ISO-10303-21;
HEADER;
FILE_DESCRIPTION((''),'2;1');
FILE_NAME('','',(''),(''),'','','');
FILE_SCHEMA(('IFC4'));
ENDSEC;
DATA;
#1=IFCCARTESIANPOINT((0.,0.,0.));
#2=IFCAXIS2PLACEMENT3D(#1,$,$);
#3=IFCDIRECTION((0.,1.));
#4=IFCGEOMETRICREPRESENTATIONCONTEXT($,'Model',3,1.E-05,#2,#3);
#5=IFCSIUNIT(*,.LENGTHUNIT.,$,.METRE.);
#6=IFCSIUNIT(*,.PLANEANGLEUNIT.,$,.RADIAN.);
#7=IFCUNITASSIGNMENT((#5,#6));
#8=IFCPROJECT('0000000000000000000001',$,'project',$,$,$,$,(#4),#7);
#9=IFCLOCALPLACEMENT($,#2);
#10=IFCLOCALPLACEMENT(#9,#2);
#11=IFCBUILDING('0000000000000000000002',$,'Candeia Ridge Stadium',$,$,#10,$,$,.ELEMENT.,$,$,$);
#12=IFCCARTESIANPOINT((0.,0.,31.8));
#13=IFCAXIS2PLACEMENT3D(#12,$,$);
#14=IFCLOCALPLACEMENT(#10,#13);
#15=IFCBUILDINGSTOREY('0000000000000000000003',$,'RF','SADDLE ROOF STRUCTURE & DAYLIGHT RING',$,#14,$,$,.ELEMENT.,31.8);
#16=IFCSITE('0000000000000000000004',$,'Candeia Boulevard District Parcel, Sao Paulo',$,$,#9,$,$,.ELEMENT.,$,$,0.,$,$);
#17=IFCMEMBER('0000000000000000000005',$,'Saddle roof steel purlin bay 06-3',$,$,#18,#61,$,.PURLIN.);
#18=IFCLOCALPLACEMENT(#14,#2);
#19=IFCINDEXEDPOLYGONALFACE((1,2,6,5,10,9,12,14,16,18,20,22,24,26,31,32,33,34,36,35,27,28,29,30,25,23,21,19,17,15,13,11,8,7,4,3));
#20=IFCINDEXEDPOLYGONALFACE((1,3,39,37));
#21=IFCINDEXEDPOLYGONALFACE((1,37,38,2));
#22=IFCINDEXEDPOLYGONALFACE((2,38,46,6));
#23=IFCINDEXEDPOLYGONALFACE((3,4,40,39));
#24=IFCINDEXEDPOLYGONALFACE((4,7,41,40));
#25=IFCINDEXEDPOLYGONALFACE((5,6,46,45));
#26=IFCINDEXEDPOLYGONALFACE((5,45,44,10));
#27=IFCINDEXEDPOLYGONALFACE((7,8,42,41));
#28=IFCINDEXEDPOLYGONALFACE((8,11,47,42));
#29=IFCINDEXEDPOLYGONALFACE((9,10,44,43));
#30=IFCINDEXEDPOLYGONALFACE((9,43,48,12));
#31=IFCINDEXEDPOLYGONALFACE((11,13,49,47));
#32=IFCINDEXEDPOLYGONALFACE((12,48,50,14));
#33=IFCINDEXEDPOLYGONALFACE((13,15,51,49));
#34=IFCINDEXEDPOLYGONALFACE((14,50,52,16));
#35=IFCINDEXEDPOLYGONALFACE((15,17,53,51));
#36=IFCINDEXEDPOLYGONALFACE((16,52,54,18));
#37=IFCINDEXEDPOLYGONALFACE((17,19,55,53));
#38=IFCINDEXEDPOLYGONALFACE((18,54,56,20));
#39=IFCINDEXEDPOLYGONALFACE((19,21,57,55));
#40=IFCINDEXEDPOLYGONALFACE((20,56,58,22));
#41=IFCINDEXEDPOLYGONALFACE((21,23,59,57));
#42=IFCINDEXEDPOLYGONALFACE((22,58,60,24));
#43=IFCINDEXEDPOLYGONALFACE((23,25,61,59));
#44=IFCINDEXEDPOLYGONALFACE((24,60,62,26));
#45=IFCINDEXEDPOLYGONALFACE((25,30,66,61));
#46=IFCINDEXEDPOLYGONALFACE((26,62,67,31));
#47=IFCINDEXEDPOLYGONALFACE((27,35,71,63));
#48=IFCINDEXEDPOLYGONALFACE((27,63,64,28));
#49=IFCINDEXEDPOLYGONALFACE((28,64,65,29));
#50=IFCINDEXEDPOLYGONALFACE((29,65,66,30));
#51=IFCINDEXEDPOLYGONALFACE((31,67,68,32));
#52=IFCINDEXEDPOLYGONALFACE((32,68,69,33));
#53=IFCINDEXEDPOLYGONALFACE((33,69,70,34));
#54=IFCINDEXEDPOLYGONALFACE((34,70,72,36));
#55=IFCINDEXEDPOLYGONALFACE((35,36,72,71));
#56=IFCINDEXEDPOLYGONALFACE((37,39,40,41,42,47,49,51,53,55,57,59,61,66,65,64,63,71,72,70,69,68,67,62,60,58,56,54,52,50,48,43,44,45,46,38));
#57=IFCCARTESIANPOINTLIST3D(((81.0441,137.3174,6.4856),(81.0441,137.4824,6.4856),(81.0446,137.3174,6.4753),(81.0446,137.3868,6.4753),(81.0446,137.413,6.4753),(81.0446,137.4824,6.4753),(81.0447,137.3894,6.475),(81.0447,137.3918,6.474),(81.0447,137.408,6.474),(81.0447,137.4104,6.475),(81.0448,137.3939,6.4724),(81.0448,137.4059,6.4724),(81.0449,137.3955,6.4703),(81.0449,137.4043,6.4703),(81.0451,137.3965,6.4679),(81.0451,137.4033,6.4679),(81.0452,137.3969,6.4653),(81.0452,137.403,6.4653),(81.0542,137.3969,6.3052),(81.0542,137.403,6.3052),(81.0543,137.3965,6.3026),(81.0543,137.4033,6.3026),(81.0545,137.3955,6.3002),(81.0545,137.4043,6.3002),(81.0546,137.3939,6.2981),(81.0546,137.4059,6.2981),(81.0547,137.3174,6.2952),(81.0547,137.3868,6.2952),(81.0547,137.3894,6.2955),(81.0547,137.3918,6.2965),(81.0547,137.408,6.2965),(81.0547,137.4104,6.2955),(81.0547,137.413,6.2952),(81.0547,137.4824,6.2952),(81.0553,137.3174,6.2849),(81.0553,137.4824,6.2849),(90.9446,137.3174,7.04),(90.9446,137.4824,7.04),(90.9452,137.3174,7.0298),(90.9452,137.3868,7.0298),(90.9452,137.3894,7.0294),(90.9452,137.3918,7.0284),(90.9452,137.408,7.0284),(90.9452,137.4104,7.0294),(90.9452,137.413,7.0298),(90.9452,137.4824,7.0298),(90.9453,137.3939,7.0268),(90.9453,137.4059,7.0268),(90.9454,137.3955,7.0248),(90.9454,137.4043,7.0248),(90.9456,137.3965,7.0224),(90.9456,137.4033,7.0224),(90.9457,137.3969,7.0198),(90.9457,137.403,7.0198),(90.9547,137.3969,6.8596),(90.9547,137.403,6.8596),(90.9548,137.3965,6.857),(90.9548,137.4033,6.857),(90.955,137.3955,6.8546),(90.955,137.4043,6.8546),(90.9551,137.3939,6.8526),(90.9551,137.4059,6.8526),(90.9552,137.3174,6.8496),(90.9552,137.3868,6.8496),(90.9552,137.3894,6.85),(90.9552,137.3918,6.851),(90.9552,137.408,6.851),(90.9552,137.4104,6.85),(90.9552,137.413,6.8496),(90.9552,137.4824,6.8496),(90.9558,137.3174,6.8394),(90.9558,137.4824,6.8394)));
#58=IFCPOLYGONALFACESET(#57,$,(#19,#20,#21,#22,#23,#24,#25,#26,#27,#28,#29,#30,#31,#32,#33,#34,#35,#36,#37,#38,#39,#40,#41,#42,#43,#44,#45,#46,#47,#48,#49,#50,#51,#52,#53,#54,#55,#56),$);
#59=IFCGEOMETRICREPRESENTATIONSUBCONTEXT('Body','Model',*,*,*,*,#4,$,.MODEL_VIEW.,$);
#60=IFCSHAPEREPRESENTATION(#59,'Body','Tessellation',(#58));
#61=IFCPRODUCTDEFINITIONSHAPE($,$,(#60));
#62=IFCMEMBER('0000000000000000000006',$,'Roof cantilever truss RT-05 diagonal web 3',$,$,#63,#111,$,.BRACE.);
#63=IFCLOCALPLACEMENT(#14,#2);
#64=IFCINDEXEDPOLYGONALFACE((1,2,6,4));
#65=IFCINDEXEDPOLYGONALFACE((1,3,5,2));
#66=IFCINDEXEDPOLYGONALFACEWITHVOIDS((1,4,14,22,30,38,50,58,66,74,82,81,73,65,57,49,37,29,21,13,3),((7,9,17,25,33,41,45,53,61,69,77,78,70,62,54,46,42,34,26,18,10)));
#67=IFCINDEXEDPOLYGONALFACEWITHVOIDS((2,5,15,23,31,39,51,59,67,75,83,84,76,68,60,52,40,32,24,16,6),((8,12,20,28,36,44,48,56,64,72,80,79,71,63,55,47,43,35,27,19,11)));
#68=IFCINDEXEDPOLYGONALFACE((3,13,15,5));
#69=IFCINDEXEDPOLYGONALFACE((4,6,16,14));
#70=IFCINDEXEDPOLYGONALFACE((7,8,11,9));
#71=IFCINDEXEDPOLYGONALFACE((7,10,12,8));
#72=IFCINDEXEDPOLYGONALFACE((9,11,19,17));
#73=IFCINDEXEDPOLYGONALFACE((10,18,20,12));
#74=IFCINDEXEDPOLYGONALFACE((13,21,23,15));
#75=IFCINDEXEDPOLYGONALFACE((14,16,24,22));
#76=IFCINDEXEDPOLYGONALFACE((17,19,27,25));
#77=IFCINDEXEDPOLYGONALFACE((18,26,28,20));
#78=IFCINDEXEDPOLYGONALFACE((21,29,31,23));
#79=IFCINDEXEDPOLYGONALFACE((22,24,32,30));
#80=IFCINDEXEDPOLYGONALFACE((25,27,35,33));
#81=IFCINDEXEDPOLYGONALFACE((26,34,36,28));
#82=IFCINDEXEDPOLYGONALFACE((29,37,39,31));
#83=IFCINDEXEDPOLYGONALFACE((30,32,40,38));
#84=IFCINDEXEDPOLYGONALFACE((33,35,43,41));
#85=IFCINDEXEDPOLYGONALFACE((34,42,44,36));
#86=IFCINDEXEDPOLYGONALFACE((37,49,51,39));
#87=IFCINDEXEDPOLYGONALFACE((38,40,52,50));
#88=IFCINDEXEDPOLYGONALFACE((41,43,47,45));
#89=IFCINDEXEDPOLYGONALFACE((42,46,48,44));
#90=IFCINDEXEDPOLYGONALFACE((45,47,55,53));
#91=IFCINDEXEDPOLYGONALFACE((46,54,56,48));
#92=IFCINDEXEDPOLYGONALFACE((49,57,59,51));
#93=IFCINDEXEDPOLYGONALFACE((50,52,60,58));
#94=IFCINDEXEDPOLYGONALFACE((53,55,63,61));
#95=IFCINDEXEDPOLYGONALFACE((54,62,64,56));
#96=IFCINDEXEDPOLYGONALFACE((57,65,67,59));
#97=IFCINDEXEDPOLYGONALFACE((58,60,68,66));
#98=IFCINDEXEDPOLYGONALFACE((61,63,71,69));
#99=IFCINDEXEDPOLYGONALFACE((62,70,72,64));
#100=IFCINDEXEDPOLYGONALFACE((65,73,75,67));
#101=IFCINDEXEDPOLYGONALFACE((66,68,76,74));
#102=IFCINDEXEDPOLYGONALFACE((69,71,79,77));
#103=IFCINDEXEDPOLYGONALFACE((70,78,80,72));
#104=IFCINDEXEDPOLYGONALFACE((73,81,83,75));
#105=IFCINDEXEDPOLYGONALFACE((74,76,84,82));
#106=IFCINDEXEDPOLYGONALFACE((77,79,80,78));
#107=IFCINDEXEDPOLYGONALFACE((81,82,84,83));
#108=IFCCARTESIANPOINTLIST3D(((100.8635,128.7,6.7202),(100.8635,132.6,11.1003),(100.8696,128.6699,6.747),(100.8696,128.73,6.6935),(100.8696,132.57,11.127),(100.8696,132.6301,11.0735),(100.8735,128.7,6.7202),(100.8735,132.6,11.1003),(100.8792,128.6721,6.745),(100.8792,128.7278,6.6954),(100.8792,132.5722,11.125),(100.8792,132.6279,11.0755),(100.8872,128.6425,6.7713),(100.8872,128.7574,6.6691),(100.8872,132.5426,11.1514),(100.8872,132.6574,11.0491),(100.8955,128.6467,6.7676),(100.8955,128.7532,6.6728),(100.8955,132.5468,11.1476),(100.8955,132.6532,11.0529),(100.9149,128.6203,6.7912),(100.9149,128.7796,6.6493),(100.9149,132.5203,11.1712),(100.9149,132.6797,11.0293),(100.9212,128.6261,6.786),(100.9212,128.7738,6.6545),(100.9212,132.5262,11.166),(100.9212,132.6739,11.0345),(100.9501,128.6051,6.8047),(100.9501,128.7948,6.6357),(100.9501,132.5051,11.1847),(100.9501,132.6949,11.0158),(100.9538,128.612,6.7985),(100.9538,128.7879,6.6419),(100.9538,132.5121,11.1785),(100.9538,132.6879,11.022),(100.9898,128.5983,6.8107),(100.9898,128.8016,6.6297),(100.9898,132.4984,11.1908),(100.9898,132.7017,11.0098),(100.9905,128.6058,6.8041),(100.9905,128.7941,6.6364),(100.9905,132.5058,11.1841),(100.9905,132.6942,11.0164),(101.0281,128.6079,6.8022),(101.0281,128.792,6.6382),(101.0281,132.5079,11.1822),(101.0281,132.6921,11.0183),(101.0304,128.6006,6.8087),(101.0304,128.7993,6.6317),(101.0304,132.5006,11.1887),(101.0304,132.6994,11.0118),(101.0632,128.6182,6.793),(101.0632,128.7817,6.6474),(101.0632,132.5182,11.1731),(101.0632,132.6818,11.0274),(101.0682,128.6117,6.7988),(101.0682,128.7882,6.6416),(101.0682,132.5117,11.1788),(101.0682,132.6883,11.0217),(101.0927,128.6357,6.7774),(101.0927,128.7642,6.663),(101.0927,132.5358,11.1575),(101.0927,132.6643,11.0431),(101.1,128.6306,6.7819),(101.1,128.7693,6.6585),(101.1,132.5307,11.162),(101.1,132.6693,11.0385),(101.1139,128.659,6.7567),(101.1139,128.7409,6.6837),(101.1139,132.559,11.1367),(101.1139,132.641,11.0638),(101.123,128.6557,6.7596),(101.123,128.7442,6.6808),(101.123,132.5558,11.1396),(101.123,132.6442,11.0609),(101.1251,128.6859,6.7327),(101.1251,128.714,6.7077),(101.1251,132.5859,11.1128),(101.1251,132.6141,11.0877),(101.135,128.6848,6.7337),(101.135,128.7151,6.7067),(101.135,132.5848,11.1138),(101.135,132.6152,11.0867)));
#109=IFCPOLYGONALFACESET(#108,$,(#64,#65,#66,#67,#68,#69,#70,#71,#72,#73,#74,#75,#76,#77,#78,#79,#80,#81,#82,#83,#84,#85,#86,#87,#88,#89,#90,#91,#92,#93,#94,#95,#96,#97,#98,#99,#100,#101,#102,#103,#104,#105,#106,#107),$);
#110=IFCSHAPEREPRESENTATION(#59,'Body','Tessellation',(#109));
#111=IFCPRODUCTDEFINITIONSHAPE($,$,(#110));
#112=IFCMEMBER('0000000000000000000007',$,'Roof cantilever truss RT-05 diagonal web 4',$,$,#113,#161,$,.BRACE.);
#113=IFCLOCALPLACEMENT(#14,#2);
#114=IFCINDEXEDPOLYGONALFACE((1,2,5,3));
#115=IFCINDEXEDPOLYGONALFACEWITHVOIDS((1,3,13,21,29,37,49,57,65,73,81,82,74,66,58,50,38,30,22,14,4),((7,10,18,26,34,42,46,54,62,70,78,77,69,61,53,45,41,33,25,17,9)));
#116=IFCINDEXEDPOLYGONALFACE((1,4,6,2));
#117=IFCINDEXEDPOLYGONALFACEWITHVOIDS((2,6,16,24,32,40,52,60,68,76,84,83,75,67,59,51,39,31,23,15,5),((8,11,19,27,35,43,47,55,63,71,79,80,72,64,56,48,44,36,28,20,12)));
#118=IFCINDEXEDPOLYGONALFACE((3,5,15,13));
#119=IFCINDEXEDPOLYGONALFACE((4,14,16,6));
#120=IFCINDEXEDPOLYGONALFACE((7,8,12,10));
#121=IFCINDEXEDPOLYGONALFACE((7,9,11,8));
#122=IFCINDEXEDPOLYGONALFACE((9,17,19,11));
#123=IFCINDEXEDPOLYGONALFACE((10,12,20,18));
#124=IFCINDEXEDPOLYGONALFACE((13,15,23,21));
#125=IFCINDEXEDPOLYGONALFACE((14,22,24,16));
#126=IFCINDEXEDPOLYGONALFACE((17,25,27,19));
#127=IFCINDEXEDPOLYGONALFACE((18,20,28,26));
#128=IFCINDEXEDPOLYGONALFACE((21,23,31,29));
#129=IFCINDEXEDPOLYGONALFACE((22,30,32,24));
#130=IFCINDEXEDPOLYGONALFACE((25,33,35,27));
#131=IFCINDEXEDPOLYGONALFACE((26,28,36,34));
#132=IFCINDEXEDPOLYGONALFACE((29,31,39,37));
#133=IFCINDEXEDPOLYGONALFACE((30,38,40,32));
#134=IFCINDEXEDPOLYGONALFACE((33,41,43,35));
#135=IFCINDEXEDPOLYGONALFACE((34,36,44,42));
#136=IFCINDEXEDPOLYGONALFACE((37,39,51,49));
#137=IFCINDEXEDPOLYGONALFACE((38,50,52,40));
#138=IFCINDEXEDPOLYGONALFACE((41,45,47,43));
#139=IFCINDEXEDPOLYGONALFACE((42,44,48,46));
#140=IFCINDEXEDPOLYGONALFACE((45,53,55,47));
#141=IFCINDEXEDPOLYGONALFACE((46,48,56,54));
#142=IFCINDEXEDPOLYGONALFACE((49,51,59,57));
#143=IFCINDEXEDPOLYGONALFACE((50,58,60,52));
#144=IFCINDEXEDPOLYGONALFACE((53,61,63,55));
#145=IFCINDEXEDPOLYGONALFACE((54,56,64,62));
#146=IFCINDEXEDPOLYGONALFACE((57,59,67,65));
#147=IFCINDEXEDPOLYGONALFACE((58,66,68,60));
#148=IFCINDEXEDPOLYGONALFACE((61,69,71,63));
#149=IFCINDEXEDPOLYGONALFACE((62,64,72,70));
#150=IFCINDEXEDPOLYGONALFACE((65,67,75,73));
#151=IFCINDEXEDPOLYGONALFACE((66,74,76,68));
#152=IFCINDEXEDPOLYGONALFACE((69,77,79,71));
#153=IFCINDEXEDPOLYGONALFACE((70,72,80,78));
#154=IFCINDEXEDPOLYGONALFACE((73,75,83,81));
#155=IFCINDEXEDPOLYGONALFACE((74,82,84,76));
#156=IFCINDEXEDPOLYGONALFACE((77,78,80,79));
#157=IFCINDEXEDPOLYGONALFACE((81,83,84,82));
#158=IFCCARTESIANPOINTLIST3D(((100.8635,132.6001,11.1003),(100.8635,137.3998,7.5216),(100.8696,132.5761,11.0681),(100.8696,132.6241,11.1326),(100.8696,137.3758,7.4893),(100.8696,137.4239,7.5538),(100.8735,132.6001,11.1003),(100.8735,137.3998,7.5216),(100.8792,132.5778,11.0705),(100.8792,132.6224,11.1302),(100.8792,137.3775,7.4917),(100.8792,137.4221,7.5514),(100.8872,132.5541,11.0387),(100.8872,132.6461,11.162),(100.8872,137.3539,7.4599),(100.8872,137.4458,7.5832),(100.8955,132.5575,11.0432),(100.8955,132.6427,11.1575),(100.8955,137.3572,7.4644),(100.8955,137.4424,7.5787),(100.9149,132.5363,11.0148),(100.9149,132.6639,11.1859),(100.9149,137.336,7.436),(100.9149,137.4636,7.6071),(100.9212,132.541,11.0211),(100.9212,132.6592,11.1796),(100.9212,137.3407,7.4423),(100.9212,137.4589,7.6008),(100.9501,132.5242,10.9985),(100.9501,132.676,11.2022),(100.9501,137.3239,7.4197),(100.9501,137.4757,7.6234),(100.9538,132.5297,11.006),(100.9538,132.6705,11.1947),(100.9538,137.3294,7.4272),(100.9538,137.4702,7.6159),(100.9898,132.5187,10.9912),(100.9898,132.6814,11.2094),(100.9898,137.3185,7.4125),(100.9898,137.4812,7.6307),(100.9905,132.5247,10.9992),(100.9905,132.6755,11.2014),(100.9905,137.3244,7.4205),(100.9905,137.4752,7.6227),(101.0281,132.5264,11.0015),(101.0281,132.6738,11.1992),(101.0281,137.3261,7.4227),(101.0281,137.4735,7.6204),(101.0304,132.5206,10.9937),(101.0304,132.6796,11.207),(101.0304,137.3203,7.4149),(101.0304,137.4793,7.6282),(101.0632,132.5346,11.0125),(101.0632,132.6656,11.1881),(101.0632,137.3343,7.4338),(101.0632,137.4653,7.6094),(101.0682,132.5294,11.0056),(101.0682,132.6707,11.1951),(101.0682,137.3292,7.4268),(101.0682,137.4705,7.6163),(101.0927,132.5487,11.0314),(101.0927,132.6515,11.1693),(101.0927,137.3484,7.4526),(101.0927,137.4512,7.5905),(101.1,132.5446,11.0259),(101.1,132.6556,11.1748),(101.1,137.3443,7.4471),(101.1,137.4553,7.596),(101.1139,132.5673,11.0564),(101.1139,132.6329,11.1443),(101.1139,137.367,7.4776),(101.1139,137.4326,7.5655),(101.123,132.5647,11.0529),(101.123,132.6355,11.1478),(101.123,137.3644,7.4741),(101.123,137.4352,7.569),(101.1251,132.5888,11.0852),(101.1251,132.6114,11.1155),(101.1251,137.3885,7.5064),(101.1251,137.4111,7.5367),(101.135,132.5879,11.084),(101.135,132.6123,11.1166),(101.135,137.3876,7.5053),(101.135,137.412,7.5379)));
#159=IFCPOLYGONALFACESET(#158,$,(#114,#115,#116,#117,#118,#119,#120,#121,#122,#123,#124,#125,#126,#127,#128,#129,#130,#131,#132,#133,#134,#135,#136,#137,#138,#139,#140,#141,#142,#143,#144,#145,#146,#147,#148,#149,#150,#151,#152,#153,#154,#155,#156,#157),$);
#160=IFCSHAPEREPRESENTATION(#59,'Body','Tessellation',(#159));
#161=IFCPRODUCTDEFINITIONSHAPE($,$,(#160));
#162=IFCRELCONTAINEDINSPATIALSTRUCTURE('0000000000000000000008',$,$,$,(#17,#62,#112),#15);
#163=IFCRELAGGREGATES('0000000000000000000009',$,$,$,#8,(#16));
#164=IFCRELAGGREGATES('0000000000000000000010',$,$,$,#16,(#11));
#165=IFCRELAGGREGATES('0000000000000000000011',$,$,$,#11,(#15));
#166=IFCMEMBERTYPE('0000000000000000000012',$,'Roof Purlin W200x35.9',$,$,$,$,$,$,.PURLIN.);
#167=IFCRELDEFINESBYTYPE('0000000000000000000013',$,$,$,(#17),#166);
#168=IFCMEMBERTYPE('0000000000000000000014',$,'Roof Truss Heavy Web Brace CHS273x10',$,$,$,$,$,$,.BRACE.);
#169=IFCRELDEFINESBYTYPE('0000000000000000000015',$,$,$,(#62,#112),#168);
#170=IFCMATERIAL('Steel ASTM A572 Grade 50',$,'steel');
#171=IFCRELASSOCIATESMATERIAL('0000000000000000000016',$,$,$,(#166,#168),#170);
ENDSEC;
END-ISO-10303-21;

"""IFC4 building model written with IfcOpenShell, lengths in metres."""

from ifc_helpers import new_model, si_unit, direction, frame, origin, origin_2d, place, context, subcontext, project, spatial, hollow_circle, i_section, extrude, material, material_profile, profile_set, type_object, element, save


model = new_model("IFC4")

# Units and contexts
model_context = context("Model", 3, precision=1e-05, world=origin(), true_north=direction((0.0, 1.0)))
body_context = subcontext(model_context, "Body", "Model", "MODEL_VIEW")
ifc_project = project(units=[si_unit("LENGTHUNIT", "METRE"), si_unit("PLANEANGLEUNIT", "RADIAN")], contexts=[model_context])

# Site, building, storey
site_placement = place(None, origin())
site = spatial("IfcSite", under=ifc_project, at=site_placement, Name="Candeia Boulevard District Parcel, Sao Paulo", CompositionType="ELEMENT", RefElevation=0.0)
building_placement = place(site_placement, origin())
building = spatial("IfcBuilding", under=site, at=building_placement, Name="Candeia Ridge Stadium", CompositionType="ELEMENT")
storey_placement = place(building_placement, frame((0.0, 0.0, 31.8)))
storey = spatial("IfcBuildingStorey", under=building, at=storey_placement, Name="RF", Description="SADDLE ROOF STRUCTURE & DAYLIGHT RING", CompositionType="ELEMENT", Elevation=31.8)

# Shared definitions
ifc_material = material(Name="Steel ASTM A572 Grade 50", Category="steel")

# Members
ifc_material_profile_1 = material_profile(ifc_material, i_section(OverallWidth=0.165, OverallDepth=0.2009, WebThickness=0.0061, FlangeThickness=0.0103, FilletRadius=0.01, at=origin_2d()), Name="W200x35.9", Category="steel")
ifc_profile_set_1 = profile_set([ifc_material_profile_1], Name="Steel ASTM A572 Grade 50")
member_type_1 = type_object("IfcMemberType", Name="Roof Purlin W200x35.9", PredefinedType="PURLIN", material=ifc_profile_set_1)
for number, where, z_axis, x_axis, name in (
    (1, (90.9502, 137.3999, 6.9397), (-0.998436, 0.0, -0.055915), (0.0, -1.0, 0.0), "Saddle roof steel purlin bay 06-3"),
):
    element("IfcMember", number, at=place(storey_placement, frame(where, z_axis=z_axis, x_axis=x_axis)), inside=storey, type_object=member_type_1, Name=name, PredefinedType="PURLIN", context=body_context, shape_type="SweptSolid", body=[
        extrude(i_section(OverallWidth=0.165, OverallDepth=0.2009, WebThickness=0.0061, FlangeThickness=0.0103, FilletRadius=0.01, at=origin_2d()), origin(), (0.0, 0.0, 1.0), 9.916),
    ])
ifc_material_profile_2 = material_profile(ifc_material, hollow_circle(Radius=0.1365, WallThickness=0.01, at=origin_2d()), Name="CHS273x10", Category="steel")
ifc_profile_set_2 = profile_set([ifc_material_profile_2], Name="Steel ASTM A572 Grade 50")
member_type_2 = type_object("IfcMemberType", Name="Roof Truss Heavy Web Brace CHS273x10", PredefinedType="BRACE", material=ifc_profile_set_2)
member_1_placement = place(storey_placement, frame((101.0, 128.7, 6.7202), z_axis=(0.0, 0.665002, 0.746842), x_axis=(-1.0, 0.0, 0.0)))
element("IfcMember", 2, at=member_1_placement, inside=storey, type_object=member_type_2, Name="Roof cantilever truss RT-05 diagonal web 3", PredefinedType="BRACE", context=body_context, shape_type="SweptSolid", body=[
    extrude(hollow_circle(Radius=0.1365, WallThickness=0.01, at=origin_2d()), origin(), (0.0, 0.0, 1.0), 5.8647),
])
member_2_placement = place(storey_placement, frame((101.0, 132.6001, 11.1003), z_axis=(0.0, 0.80168, -0.597753), x_axis=(-1.0, 0.0, 0.0)))
element("IfcMember", 3, at=member_2_placement, inside=storey, type_object=member_type_2, Name="Roof cantilever truss RT-05 diagonal web 4", PredefinedType="BRACE", context=body_context, shape_type="SweptSolid", body=[
    extrude(hollow_circle(Radius=0.1365, WallThickness=0.01, at=origin_2d()), origin(), (0.0, 0.0, 1.0), 5.9871),
])

save(model, "model.ifc")
